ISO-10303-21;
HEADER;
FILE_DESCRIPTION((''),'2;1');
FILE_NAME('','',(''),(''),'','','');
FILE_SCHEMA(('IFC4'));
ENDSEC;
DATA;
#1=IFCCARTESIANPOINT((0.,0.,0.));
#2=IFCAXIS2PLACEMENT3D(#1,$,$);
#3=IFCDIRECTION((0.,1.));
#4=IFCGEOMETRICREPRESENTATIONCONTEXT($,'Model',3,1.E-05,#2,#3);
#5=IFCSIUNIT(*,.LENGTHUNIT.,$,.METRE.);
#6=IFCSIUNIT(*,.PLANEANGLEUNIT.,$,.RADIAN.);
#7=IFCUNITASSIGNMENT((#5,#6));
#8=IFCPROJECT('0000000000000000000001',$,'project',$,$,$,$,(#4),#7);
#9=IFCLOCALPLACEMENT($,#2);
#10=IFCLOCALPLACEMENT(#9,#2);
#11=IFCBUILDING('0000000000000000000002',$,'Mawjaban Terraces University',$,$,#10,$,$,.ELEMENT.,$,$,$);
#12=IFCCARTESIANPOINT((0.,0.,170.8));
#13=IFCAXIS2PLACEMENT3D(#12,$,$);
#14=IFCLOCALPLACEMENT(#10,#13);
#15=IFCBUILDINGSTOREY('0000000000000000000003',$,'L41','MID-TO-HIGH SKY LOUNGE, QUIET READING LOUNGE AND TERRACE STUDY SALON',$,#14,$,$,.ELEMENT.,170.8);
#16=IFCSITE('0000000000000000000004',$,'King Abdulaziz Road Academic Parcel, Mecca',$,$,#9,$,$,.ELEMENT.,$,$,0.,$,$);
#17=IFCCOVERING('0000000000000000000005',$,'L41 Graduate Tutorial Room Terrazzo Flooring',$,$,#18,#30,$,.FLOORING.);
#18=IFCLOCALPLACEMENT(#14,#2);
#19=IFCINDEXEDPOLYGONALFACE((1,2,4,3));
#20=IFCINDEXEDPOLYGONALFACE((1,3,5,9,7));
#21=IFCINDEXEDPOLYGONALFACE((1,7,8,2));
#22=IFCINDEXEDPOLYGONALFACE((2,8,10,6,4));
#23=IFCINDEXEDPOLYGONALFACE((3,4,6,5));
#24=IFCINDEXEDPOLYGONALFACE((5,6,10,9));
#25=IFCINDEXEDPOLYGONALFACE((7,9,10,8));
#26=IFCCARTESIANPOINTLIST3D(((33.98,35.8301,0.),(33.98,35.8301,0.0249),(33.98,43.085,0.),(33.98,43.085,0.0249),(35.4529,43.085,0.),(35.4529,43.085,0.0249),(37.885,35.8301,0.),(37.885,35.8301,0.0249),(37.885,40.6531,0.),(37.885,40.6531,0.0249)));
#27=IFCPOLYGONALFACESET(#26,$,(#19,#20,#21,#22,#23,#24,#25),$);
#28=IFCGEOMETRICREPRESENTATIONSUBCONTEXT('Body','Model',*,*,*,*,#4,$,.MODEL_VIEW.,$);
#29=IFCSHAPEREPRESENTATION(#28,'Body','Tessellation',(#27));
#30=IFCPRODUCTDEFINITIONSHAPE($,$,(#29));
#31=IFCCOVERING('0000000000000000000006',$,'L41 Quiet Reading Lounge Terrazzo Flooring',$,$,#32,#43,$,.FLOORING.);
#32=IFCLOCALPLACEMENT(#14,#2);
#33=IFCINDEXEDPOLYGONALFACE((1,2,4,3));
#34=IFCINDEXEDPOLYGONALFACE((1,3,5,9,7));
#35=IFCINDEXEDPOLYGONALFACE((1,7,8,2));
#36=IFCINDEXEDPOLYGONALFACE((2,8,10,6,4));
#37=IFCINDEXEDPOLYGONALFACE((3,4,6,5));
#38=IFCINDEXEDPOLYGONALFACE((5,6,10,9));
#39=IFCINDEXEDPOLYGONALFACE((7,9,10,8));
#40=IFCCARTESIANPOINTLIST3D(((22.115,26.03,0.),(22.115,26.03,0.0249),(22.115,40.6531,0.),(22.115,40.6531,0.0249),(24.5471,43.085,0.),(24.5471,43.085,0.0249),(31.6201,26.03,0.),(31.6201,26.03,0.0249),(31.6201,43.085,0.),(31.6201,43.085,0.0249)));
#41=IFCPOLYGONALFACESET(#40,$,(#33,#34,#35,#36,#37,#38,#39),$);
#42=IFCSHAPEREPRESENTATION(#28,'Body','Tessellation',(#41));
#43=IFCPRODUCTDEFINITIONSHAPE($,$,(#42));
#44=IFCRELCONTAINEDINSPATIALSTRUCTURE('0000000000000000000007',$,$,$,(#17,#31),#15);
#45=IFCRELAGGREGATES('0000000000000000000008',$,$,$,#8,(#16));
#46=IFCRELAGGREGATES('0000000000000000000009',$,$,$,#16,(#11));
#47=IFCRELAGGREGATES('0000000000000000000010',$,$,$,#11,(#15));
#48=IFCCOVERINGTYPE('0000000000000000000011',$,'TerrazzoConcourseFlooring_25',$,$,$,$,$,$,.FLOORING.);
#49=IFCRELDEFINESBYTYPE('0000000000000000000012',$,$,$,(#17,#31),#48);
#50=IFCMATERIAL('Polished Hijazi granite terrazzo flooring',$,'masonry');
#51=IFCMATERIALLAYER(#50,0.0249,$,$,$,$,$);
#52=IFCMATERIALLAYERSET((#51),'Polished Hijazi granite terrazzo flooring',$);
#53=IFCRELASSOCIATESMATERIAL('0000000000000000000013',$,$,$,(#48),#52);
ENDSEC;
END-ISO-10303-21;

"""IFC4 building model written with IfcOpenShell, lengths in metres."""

from ifc_helpers import new_model, si_unit, direction, frame, origin, place, context, subcontext, project, spatial, polyline, outline, extrude, material, layer, layer_set, type_object, element, save


model = new_model("IFC4")

# Units and contexts
model_context = context("Model", 3, precision=1e-05, world=origin(), true_north=direction((0.0, 1.0)))
body_context = subcontext(model_context, "Body", "Model", "MODEL_VIEW")
ifc_project = project(units=[si_unit("LENGTHUNIT", "METRE"), si_unit("PLANEANGLEUNIT", "RADIAN")], contexts=[model_context])

# Site, building, storey
site_placement = place(None, origin())
site = spatial("IfcSite", under=ifc_project, at=site_placement, Name="King Abdulaziz Road Academic Parcel, Mecca", CompositionType="ELEMENT", RefElevation=0.0)
building_placement = place(site_placement, origin())
building = spatial("IfcBuilding", under=site, at=building_placement, Name="Mawjaban Terraces University", CompositionType="ELEMENT")
storey_placement = place(building_placement, frame((0.0, 0.0, 170.8)))
storey = spatial("IfcBuildingStorey", under=building, at=storey_placement, Name="L41", Description="MID-TO-HIGH SKY LOUNGE, QUIET READING LOUNGE AND TERRACE STUDY SALON", CompositionType="ELEMENT", Elevation=170.8)

# Coverings
ifc_material_1 = material(Name="Polished Hijazi granite terrazzo flooring", Category="masonry")
ifc_layer_1 = layer(ifc_material_1, 0.0249)
ifc_layer_set_1 = layer_set([ifc_layer_1], Name="Polished Hijazi granite terrazzo flooring")
covering_type_1 = type_object("IfcCoveringType", Name="TerrazzoConcourseFlooring_25", PredefinedType="FLOORING", material=ifc_layer_set_1)
covering_1_placement = place(storey_placement, origin())
element("IfcCovering", 1, at=covering_1_placement, inside=storey, type_object=covering_type_1, Name="L41 Graduate Tutorial Room Terrazzo Flooring", PredefinedType="FLOORING", context=body_context, shape_type="SweptSolid", body=[
    extrude(outline(polyline([(37.885, 35.8301), (37.885, 40.6531), (35.4529, 43.085), (33.98, 43.085), (33.98, 35.8301), (37.885, 35.8301)])), origin(), (0.0, 0.0, 1.0), 0.0249),
])
covering_2_placement = place(storey_placement, origin())
element("IfcCovering", 2, at=covering_2_placement, inside=storey, type_object=covering_type_1, Name="L41 Quiet Reading Lounge Terrazzo Flooring", PredefinedType="FLOORING", context=body_context, shape_type="SweptSolid", body=[
    extrude(outline(polyline([(31.6201, 43.085), (24.5471, 43.085), (22.115, 40.6531), (22.115, 26.03), (31.6201, 26.03), (31.6201, 43.085)])), origin(), (0.0, 0.0, 1.0), 0.0249),
])

save(model, "model.ifc")
